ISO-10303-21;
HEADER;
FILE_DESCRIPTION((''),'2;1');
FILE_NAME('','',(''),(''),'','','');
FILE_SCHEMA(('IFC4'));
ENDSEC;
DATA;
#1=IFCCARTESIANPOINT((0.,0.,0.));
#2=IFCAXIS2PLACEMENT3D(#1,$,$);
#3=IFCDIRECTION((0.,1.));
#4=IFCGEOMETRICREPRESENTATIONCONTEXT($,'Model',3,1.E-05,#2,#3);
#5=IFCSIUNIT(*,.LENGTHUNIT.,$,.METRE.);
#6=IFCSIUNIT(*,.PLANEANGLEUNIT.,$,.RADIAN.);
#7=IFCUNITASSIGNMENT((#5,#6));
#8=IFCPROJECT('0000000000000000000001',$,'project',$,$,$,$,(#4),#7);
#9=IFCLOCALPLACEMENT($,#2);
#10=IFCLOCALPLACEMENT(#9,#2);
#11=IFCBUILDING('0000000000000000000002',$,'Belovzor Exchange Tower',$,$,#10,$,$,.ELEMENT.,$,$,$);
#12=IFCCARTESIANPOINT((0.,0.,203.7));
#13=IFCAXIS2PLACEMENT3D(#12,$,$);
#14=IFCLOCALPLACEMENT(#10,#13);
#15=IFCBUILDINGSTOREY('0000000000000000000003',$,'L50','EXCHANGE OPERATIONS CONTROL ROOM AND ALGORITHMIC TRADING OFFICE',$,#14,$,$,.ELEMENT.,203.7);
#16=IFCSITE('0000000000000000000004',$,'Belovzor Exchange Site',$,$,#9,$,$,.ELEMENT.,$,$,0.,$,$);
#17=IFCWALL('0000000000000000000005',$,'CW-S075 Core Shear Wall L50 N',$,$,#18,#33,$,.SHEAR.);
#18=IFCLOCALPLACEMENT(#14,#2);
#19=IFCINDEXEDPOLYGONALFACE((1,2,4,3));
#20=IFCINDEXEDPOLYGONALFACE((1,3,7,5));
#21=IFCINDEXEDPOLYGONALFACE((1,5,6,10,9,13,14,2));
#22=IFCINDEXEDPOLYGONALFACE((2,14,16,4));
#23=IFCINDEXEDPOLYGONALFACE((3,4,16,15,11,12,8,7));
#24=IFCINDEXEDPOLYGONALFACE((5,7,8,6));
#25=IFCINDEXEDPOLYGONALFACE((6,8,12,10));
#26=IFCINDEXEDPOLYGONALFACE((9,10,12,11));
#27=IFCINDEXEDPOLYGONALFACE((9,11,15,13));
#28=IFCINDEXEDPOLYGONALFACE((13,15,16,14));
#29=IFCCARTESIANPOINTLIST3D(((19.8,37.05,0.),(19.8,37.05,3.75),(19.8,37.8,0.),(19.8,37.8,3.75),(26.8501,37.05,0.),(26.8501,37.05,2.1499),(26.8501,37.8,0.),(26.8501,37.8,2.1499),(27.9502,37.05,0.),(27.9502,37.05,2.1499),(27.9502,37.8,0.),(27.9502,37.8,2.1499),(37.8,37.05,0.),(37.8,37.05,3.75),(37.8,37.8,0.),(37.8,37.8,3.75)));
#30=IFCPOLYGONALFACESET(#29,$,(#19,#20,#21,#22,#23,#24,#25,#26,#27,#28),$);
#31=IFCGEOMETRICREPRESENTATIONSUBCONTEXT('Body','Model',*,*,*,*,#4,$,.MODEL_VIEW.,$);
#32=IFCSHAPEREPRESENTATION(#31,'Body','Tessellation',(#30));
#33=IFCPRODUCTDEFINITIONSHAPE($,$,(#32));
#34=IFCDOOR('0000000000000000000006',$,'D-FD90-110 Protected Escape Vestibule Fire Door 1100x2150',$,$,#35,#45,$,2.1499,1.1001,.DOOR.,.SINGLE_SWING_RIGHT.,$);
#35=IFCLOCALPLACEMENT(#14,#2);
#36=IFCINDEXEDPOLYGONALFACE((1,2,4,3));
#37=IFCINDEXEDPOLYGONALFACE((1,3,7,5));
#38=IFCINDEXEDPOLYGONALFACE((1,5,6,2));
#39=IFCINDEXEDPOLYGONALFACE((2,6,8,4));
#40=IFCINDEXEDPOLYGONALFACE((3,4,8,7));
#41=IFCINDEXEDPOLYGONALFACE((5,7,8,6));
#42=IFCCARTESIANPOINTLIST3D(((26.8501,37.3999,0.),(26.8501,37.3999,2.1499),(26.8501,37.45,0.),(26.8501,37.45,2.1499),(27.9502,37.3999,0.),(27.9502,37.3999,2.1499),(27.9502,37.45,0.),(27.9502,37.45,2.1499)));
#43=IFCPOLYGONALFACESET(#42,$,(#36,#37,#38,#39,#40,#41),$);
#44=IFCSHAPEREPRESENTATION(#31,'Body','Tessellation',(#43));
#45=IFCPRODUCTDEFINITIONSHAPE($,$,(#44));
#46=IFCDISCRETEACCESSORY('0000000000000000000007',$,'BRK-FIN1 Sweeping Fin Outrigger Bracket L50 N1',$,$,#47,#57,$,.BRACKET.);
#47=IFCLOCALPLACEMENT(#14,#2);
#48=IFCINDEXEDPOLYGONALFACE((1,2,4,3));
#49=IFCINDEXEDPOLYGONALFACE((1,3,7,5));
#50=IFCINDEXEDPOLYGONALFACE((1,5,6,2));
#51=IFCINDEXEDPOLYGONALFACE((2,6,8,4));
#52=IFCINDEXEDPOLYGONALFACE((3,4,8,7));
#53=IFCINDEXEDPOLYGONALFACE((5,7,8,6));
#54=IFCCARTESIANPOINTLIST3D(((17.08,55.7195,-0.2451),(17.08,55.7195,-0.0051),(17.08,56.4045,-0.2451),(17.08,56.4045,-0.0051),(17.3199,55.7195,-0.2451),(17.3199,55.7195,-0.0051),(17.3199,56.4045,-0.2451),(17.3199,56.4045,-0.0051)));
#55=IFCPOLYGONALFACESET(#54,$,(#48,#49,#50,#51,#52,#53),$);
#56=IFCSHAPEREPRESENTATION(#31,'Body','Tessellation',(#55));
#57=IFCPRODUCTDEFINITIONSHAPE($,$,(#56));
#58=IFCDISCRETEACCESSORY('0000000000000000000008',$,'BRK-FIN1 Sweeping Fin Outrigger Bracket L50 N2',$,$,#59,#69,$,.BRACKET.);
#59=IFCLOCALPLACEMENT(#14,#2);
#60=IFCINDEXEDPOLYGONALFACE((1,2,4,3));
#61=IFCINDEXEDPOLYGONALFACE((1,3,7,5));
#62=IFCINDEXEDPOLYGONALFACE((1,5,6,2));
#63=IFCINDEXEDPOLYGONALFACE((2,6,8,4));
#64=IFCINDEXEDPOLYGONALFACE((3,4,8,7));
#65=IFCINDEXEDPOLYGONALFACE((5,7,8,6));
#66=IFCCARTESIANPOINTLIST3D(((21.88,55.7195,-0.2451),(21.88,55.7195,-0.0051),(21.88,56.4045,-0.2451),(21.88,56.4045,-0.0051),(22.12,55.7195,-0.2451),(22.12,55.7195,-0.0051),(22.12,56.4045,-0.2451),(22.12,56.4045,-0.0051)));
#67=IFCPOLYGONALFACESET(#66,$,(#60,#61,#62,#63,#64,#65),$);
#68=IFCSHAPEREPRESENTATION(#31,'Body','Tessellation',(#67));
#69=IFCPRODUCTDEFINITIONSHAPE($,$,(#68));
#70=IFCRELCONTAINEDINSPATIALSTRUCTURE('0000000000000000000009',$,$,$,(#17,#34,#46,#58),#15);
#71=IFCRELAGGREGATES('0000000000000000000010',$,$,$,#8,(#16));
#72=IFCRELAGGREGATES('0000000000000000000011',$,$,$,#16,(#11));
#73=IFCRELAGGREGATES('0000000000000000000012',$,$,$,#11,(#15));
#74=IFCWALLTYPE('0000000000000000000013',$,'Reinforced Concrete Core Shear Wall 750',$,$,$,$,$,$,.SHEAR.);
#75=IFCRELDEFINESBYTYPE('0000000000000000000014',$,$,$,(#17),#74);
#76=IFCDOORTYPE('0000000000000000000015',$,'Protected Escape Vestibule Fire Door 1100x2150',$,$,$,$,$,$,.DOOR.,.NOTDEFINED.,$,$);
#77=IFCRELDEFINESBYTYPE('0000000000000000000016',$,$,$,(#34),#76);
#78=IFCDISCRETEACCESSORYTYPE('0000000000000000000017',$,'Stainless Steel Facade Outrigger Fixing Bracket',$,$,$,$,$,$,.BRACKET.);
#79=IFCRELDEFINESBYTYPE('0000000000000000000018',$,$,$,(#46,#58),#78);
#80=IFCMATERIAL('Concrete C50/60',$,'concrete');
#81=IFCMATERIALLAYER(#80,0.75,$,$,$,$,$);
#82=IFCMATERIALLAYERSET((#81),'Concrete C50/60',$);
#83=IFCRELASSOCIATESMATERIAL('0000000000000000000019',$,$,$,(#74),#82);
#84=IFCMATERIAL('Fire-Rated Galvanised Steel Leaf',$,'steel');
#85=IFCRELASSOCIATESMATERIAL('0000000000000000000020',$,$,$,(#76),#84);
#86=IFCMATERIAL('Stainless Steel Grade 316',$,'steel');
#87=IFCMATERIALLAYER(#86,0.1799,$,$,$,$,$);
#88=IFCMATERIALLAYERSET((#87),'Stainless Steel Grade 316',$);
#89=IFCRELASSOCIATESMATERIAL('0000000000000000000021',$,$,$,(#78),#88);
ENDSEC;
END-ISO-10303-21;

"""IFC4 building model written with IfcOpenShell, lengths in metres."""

from ifc_helpers import new_model, si_unit, direction, frame, frame_2d, origin, origin_2d, place, context, subcontext, project, spatial, rectangle, extrude, material, layer, layer_set, type_object, element, fill, save


model = new_model("IFC4")

# Units and contexts
model_context = context("Model", 3, precision=1e-05, world=origin(), true_north=direction((0.0, 1.0)))
body_context = subcontext(model_context, "Body", "Model", "MODEL_VIEW")
ifc_project = project(units=[si_unit("LENGTHUNIT", "METRE"), si_unit("PLANEANGLEUNIT", "RADIAN")], contexts=[model_context])

# Site, building, storey
site_placement = place(None, origin())
site = spatial("IfcSite", under=ifc_project, at=site_placement, Name="Belovzor Exchange Site", CompositionType="ELEMENT", RefElevation=0.0)
building_placement = place(site_placement, origin())
building = spatial("IfcBuilding", under=site, at=building_placement, Name="Belovzor Exchange Tower", CompositionType="ELEMENT")
storey_placement = place(building_placement, frame((0.0, 0.0, 203.7)))
storey = spatial("IfcBuildingStorey", under=building, at=storey_placement, Name="L50", Description="EXCHANGE OPERATIONS CONTROL ROOM AND ALGORITHMIC TRADING OFFICE", CompositionType="ELEMENT", Elevation=203.7)

# Wall, opening, door
ifc_material_1 = material(Name="Concrete C50/60", Category="concrete")
ifc_layer_1 = layer(ifc_material_1, 0.75)
ifc_layer_set_1 = layer_set([ifc_layer_1], Name="Concrete C50/60")
wall_type_1 = type_object("IfcWallType", Name="Reinforced Concrete Core Shear Wall 750", PredefinedType="SHEAR", material=ifc_layer_set_1)
wall_1_placement = place(storey_placement, frame((19.8, 37.425, 0.0), z_axis=(0.0, 0.0, 1.0), x_axis=(1.0, 0.0, 0.0)))
wall_1 = element("IfcWall", 1, at=wall_1_placement, inside=storey, type_object=wall_type_1, Name="CW-S075 Core Shear Wall L50 N", PredefinedType="SHEAR", context=body_context, shape_type="SweptSolid", body=[
    extrude(rectangle(XDim=18.0, YDim=0.75, at=frame_2d((9.0, 0.0))), origin(), (0.0, 0.0, 1.0), 3.75),
])
opening_1_placement = place(wall_1_placement, frame((7.05, 0.0, 0.0)))
opening_1 = element("IfcOpeningElement", 2, at=opening_1_placement, cuts=wall_1, PredefinedType="OPENING", context=body_context, shape_type="SweptSolid", body=[
    extrude(rectangle(XDim=1.1001, YDim=2.1499, at=frame_2d((0.55, 1.075))), frame((0.0, 0.385, 0.0), z_axis=(0.0, -1.0, 0.0), x_axis=(1.0, 0.0, 0.0)), (0.0, 0.0, 1.0), 0.77),
])
ifc_material_2 = material(Name="Fire-Rated Galvanised Steel Leaf", Category="steel")
door_type_1 = type_object("IfcDoorType", Name="Protected Escape Vestibule Fire Door 1100x2150", OperationType="NOTDEFINED", PredefinedType="DOOR", material=ifc_material_2)
door_1_placement = place(opening_1_placement, origin())
door_1 = element("IfcDoor", 3, at=door_1_placement, inside=storey, type_object=door_type_1, Name="D-FD90-110 Protected Escape Vestibule Fire Door 1100x2150", OperationType="SINGLE_SWING_RIGHT", OverallHeight=2.1499, OverallWidth=1.1001, PredefinedType="DOOR", context=body_context, shape_type="SweptSolid", body=[
    extrude(rectangle(XDim=1.1001, YDim=2.1499, at=frame_2d((0.55, 1.075))), frame((0.0, 0.0249, 0.0), z_axis=(0.0, -1.0, 0.0), x_axis=(1.0, 0.0, 0.0)), (0.0, 0.0, 1.0), 0.05),
])
fill(opening_1, door_1)

# Discrete accessories
ifc_material_3 = material(Name="Stainless Steel Grade 316", Category="steel")
ifc_layer_2 = layer(ifc_material_3, 0.1799)
ifc_layer_set_2 = layer_set([ifc_layer_2], Name="Stainless Steel Grade 316")
discrete_accessory_type = type_object("IfcDiscreteAccessoryType", Name="Stainless Steel Facade Outrigger Fixing Bracket", PredefinedType="BRACKET", material=ifc_layer_set_2)
for number, where, z_axis, x_axis, name in (
    (4, (17.2, 56.062, -0.2451), (0.0, 0.0, 1.0), (0.0, 1.0, 0.0), "BRK-FIN1 Sweeping Fin Outrigger Bracket L50 N1"),
    (5, (22.0, 56.062, -0.2451), (0.0, 0.0, 1.0), (0.0, 1.0, 0.0), "BRK-FIN1 Sweeping Fin Outrigger Bracket L50 N2"),
):
    element("IfcDiscreteAccessory", number, at=place(storey_placement, frame(where, z_axis=z_axis, x_axis=x_axis)), inside=storey, type_object=discrete_accessory_type, Name=name, PredefinedType="BRACKET", context=body_context, shape_type="SweptSolid", body=[
        extrude(rectangle(XDim=0.6851, YDim=0.24, at=origin_2d()), origin(), (0.0, 0.0, 1.0), 0.24),
    ])

save(model, "model.ifc")
